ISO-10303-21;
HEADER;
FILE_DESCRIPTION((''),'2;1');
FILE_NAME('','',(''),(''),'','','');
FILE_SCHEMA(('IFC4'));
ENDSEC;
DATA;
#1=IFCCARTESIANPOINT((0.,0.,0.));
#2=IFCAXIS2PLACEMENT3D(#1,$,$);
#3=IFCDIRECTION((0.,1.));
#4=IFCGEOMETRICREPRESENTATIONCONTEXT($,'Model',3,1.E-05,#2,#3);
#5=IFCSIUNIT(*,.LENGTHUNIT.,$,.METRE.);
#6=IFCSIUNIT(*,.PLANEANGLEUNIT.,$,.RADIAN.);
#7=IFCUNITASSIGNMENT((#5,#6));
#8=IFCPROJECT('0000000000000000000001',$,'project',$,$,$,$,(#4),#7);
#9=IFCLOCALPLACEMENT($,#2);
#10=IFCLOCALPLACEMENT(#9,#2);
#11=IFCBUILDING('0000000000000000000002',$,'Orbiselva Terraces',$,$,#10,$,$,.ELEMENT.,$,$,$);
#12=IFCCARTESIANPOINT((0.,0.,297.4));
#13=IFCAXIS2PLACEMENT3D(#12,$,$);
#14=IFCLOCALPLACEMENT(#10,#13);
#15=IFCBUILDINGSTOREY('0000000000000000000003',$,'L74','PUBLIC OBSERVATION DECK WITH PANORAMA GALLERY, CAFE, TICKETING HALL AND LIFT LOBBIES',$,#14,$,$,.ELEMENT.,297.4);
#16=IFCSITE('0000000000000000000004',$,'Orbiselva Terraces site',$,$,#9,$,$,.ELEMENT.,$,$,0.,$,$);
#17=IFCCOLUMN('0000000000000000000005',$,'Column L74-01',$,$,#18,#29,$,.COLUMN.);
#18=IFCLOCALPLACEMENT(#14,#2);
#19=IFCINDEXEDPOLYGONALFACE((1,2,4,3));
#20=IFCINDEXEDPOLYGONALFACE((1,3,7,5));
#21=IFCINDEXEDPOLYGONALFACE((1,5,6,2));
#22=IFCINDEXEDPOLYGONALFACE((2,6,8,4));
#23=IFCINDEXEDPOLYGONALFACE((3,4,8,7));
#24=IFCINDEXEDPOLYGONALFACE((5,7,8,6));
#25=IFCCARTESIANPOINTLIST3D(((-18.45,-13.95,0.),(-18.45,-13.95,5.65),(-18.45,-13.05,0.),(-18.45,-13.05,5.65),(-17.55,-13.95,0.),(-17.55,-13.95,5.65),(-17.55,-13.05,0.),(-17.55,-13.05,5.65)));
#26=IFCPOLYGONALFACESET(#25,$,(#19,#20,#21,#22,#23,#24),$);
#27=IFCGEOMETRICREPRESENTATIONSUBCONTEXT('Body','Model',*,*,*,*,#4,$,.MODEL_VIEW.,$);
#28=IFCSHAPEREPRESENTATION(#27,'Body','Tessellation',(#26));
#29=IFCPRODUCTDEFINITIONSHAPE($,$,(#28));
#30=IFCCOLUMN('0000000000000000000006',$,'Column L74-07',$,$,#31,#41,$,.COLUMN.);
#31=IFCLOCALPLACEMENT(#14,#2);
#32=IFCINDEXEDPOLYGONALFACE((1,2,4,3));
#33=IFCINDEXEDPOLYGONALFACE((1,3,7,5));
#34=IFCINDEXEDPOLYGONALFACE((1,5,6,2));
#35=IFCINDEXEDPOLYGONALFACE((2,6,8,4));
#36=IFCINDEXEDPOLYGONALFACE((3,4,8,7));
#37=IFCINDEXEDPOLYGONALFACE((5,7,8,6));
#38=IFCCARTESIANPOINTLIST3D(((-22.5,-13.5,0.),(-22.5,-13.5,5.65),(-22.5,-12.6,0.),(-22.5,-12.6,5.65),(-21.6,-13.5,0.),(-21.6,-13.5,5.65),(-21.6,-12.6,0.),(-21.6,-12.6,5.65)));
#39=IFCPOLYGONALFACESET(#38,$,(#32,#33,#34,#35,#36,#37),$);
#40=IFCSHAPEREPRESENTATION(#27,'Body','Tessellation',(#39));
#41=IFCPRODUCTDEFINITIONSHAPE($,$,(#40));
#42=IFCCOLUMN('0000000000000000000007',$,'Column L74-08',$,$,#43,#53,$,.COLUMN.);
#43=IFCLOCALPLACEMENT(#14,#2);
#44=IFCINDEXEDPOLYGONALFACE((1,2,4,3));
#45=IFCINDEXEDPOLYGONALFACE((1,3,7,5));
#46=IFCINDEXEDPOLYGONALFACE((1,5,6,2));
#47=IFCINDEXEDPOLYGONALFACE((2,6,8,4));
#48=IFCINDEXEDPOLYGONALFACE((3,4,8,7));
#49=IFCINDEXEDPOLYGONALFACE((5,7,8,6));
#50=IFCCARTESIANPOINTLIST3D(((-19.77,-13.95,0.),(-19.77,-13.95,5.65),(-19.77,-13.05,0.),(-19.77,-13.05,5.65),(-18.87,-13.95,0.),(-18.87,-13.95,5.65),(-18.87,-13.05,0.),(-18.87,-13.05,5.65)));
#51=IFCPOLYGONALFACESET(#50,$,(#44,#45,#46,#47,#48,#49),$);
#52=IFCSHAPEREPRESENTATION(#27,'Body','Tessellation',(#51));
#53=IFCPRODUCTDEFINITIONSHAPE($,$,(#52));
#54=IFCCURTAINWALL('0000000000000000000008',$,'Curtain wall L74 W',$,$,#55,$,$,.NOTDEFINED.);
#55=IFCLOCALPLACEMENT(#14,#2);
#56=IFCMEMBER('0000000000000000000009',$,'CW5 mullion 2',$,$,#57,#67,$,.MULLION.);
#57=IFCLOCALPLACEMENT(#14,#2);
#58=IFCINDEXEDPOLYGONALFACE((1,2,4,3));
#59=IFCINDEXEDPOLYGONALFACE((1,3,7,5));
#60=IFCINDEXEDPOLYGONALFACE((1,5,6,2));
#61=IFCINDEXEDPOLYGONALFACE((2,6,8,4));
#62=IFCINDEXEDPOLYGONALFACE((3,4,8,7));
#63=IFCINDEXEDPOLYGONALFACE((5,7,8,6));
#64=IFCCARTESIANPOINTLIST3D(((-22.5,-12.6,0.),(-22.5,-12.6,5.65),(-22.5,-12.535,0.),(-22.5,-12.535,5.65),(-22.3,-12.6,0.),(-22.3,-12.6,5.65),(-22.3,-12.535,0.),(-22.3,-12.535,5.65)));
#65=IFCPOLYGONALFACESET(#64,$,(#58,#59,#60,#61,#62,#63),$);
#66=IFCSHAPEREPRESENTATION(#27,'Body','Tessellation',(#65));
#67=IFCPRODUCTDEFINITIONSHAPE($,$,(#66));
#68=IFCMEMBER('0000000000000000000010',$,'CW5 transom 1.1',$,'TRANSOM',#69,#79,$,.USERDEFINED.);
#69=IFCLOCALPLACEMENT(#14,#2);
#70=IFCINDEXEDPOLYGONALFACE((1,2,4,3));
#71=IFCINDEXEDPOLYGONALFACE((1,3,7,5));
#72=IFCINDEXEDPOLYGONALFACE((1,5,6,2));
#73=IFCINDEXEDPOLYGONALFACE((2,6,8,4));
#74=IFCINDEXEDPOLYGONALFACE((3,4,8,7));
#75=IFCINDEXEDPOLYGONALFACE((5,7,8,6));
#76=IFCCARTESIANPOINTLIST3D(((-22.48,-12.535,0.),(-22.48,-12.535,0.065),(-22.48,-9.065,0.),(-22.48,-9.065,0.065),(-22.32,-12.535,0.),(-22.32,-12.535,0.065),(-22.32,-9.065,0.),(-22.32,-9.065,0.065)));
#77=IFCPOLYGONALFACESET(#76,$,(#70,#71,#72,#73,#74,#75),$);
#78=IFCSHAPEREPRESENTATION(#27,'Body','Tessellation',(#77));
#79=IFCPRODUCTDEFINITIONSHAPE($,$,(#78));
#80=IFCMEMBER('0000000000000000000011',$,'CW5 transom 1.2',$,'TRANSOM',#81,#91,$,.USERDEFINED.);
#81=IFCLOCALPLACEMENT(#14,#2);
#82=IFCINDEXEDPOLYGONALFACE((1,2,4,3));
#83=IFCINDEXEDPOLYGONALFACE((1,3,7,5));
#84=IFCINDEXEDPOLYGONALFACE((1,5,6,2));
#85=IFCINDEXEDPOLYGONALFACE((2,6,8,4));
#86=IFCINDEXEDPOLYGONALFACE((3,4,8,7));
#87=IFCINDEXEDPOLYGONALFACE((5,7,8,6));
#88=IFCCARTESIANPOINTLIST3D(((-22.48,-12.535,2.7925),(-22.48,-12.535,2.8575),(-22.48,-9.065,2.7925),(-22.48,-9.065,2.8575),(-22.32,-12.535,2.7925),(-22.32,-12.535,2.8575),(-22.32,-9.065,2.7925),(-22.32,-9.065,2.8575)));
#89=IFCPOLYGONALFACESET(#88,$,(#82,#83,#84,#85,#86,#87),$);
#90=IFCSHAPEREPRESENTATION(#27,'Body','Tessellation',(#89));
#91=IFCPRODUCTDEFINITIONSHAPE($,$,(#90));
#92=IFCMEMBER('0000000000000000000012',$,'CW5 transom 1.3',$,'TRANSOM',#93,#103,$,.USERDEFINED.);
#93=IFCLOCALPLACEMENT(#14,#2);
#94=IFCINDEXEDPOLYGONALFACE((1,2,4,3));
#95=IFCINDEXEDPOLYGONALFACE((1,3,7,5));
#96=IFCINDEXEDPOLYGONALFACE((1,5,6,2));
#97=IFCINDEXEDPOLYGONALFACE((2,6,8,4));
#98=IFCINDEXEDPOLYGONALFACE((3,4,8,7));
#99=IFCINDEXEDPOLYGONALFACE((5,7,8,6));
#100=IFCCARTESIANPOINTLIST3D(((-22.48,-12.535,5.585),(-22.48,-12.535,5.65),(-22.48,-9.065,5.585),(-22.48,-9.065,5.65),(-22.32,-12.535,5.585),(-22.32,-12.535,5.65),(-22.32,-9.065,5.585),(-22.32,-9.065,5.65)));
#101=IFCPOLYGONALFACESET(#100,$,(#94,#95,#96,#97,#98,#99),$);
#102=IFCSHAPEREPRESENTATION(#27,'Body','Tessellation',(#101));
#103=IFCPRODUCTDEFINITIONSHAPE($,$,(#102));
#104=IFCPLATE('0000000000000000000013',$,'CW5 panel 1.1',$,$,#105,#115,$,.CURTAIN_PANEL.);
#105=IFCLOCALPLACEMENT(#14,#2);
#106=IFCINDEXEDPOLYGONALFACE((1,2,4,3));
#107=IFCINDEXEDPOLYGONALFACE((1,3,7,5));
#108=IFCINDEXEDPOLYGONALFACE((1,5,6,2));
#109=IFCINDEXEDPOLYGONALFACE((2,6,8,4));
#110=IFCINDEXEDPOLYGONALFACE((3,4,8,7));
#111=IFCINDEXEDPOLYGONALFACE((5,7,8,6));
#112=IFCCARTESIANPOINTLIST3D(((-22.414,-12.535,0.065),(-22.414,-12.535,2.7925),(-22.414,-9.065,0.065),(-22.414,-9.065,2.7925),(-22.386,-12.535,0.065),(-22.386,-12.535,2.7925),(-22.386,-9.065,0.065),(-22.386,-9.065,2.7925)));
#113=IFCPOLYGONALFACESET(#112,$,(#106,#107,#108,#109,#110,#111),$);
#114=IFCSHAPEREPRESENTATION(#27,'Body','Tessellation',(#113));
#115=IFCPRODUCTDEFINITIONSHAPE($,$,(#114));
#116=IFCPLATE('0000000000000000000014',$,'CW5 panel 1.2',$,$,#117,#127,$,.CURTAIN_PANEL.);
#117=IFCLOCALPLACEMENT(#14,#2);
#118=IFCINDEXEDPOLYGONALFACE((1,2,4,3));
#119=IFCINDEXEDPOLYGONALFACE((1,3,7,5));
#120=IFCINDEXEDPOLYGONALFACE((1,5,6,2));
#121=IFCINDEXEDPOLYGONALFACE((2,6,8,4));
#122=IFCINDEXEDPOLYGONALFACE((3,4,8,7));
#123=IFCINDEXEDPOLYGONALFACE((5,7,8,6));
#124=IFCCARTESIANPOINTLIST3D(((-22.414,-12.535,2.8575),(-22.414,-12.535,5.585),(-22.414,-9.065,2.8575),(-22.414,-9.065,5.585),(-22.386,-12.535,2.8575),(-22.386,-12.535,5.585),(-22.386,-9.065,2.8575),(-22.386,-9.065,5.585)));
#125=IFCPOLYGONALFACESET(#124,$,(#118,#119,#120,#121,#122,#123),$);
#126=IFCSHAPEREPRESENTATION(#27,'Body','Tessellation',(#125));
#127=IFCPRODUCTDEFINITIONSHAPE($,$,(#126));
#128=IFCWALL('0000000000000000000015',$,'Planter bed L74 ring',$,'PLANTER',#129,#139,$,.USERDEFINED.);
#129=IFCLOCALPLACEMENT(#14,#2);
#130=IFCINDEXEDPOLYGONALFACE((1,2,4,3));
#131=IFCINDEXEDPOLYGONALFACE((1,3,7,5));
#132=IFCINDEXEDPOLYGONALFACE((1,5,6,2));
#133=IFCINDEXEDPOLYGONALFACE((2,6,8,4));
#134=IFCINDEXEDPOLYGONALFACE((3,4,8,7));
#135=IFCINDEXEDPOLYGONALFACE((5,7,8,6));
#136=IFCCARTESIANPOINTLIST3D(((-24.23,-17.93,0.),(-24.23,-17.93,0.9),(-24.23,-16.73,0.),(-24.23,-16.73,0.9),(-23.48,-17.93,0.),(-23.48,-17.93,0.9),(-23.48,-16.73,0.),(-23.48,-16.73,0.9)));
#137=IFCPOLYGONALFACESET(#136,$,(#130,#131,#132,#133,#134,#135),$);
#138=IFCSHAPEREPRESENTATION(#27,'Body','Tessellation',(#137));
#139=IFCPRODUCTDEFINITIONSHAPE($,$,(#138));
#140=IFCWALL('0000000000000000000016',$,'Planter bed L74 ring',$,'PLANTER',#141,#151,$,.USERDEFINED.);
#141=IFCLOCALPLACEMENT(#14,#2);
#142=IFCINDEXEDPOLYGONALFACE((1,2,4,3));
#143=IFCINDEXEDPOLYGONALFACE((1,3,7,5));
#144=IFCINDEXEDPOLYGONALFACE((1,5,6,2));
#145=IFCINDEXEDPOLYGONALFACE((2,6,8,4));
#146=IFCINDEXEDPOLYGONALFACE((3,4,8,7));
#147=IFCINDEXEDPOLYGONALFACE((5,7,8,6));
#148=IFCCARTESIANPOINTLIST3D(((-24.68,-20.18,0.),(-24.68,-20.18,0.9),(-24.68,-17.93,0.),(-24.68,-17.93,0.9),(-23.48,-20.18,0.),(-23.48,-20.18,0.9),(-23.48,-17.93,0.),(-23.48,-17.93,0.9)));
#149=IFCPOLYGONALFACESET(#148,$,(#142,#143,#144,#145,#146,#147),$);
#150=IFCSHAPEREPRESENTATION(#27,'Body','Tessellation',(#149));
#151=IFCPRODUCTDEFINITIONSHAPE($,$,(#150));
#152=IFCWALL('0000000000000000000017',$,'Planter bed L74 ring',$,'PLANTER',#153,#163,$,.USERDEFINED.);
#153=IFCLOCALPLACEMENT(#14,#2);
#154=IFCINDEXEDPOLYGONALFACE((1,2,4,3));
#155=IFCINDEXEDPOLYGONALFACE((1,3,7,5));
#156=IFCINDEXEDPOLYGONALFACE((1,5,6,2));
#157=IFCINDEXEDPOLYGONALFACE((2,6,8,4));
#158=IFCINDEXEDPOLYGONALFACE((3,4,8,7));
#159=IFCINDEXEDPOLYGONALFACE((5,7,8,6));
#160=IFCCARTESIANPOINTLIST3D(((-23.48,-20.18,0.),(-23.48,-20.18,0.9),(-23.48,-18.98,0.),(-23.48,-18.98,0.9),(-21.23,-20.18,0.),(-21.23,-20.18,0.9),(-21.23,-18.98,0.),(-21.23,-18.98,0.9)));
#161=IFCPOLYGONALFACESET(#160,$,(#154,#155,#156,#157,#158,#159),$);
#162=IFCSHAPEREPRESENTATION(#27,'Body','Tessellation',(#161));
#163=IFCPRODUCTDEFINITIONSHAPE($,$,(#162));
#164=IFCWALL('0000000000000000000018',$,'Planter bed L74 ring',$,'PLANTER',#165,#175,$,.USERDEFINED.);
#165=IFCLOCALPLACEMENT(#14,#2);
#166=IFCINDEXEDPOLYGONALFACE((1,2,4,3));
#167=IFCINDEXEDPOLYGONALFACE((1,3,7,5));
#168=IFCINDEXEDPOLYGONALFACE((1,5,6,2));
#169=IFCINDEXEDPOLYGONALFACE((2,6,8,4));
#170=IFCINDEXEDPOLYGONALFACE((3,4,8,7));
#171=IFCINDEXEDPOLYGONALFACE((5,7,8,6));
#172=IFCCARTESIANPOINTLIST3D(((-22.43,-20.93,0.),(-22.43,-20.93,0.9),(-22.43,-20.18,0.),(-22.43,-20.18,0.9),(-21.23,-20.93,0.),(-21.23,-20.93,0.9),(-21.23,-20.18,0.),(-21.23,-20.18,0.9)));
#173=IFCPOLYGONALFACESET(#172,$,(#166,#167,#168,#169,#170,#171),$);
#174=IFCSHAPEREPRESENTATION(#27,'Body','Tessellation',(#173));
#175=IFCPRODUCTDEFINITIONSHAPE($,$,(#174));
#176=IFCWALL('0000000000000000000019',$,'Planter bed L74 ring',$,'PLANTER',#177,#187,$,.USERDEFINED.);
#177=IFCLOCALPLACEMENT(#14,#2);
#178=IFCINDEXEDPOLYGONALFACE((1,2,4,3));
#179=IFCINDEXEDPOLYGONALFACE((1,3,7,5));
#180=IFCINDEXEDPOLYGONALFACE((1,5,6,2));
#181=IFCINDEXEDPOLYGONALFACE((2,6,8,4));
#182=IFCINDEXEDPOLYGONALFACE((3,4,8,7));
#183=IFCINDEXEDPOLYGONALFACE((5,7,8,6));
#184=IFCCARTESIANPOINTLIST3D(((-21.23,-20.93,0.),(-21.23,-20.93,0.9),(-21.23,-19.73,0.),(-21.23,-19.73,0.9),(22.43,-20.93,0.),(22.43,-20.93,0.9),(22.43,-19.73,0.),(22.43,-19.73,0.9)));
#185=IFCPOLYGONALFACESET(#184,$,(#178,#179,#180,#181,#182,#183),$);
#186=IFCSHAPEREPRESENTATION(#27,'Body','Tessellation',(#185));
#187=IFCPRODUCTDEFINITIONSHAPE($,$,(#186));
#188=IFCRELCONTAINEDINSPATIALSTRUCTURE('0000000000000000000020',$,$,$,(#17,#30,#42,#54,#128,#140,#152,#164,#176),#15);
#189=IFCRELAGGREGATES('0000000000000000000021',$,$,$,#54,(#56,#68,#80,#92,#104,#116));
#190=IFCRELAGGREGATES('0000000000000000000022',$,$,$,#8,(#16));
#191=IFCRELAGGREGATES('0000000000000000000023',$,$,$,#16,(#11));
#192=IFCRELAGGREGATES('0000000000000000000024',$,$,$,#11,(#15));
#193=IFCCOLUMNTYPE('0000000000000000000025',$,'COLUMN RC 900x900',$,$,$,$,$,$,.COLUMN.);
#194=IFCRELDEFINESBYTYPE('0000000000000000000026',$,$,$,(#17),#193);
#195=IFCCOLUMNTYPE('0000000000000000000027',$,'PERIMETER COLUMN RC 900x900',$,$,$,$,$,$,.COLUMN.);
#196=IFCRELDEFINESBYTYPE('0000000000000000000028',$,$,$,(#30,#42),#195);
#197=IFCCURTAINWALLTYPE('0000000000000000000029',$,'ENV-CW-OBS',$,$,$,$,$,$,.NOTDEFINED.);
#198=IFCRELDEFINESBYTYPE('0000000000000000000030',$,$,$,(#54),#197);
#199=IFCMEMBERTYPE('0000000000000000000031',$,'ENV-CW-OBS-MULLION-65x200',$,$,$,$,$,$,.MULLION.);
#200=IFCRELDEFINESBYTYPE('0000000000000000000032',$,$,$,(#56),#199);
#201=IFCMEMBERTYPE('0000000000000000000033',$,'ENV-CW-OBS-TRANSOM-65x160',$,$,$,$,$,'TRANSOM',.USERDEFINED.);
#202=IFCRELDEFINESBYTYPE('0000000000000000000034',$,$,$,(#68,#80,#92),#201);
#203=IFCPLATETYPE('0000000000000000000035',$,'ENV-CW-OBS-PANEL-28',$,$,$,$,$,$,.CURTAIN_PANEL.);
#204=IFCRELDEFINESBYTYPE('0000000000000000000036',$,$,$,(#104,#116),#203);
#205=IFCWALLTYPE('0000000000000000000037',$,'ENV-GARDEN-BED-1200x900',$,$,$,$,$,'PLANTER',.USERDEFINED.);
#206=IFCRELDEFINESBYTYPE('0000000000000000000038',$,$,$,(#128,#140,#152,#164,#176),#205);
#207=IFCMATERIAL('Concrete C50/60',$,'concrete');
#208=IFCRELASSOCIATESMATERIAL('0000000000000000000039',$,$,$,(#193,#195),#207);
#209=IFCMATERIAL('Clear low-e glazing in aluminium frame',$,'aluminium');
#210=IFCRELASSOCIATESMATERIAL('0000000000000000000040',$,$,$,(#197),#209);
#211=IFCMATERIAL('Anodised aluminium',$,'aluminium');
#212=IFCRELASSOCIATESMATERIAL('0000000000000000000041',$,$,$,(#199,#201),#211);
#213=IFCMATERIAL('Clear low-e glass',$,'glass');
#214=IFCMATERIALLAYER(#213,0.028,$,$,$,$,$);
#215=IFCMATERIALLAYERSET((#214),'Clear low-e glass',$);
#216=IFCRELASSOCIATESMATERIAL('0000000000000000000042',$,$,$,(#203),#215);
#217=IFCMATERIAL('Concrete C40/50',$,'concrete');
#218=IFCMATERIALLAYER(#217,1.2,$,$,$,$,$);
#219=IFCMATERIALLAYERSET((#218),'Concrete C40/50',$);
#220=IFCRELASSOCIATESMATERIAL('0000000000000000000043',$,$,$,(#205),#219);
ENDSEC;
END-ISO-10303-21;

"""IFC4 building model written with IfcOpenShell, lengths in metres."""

from ifc_helpers import new_model, si_unit, direction, frame, frame_2d, origin, origin_2d, place, context, subcontext, project, spatial, rectangle, extrude, material, layer, layer_set, material_profile, profile_set, type_object, element, aggregate, save


model = new_model("IFC4")

# Units and contexts
model_context = context("Model", 3, precision=1e-05, world=origin(), true_north=direction((0.0, 1.0)))
body_context = subcontext(model_context, "Body", "Model", "MODEL_VIEW")
ifc_project = project(units=[si_unit("LENGTHUNIT", "METRE"), si_unit("PLANEANGLEUNIT", "RADIAN")], contexts=[model_context])

# Site, building, storey
site_placement = place(None, origin())
site = spatial("IfcSite", under=ifc_project, at=site_placement, Name="Orbiselva Terraces site", CompositionType="ELEMENT", RefElevation=0.0)
building_placement = place(site_placement, origin())
building = spatial("IfcBuilding", under=site, at=building_placement, Name="Orbiselva Terraces", CompositionType="ELEMENT")
storey_placement = place(building_placement, frame((0.0, 0.0, 297.4)))
storey = spatial("IfcBuildingStorey", under=building, at=storey_placement, Name="L74", Description="PUBLIC OBSERVATION DECK WITH PANORAMA GALLERY, CAFE, TICKETING HALL AND LIFT LOBBIES", CompositionType="ELEMENT", Elevation=297.4)

# Columns
ifc_material_1 = material(Name="Concrete C50/60", Category="concrete")
ifc_material_profile_1 = material_profile(ifc_material_1, rectangle(XDim=0.9, YDim=0.9, at=origin_2d()), Name="RC 900x900")
ifc_profile_set_1 = profile_set([ifc_material_profile_1], Name="Concrete C50/60")
column_type_1 = type_object("IfcColumnType", Name="COLUMN RC 900x900", PredefinedType="COLUMN", material=ifc_profile_set_1)
column_placement = place(storey_placement, frame((-18.0, -13.5, 0.0), z_axis=(0.0, 0.0, 1.0), x_axis=(1.0, 0.0, 0.0)))
element("IfcColumn", 1, at=column_placement, inside=storey, type_object=column_type_1, Name="Column L74-01", PredefinedType="COLUMN", context=body_context, shape_type="SweptSolid", body=[
    extrude(rectangle(XDim=0.9, YDim=0.9, at=origin_2d()), origin(), (0.0, 0.0, 1.0), 5.65),
])
ifc_material_profile_2 = material_profile(ifc_material_1, rectangle(XDim=0.9, YDim=0.9, at=origin_2d()), Name="RC 900x900")
ifc_profile_set_2 = profile_set([ifc_material_profile_2], Name="Concrete C50/60")
column_type_2 = type_object("IfcColumnType", Name="PERIMETER COLUMN RC 900x900", PredefinedType="COLUMN", material=ifc_profile_set_2)
for number, where, z_axis, x_axis, name in (
    (2, (-22.05, -13.05, 0.0), (0.0, 0.0, 1.0), (1.0, 0.0, 0.0), "Column L74-07"),
    (3, (-19.32, -13.5, 0.0), (0.0, 0.0, 1.0), (1.0, 0.0, 0.0), "Column L74-08"),
):
    element("IfcColumn", number, at=place(storey_placement, frame(where, z_axis=z_axis, x_axis=x_axis)), inside=storey, type_object=column_type_2, Name=name, PredefinedType="COLUMN", context=body_context, shape_type="SweptSolid", body=[
        extrude(rectangle(XDim=0.9, YDim=0.9, at=origin_2d()), origin(), (0.0, 0.0, 1.0), 5.65),
    ])

# Curtain wall, members, plates
ifc_material_2 = material(Name="Clear low-e glazing in aluminium frame", Category="aluminium")
curtain_wall_type = type_object("IfcCurtainWallType", Name="ENV-CW-OBS", PredefinedType="NOTDEFINED", material=ifc_material_2)
curtain_wall_placement = place(storey_placement, origin())
curtain_wall = element("IfcCurtainWall", 4, at=curtain_wall_placement, inside=storey, type_object=curtain_wall_type, Name="Curtain wall L74 W", PredefinedType="NOTDEFINED")
ifc_material_3 = material(Name="Anodised aluminium", Category="aluminium")
ifc_material_profile_3 = material_profile(ifc_material_3, rectangle(XDim=0.2, YDim=0.065, at=origin_2d()), Name="AL 65x200")
ifc_profile_set_3 = profile_set([ifc_material_profile_3], Name="Anodised aluminium")
member_type_1 = type_object("IfcMemberType", Name="ENV-CW-OBS-MULLION-65x200", PredefinedType="MULLION", material=ifc_profile_set_3)
member_1_placement = place(storey_placement, frame((-22.4, -12.5675, 0.0), z_axis=(0.0, 0.0, 1.0), x_axis=(1.0, 0.0, 0.0)))
member_1 = element("IfcMember", 5, at=member_1_placement, type_object=member_type_1, Name="CW5 mullion 2", PredefinedType="MULLION", context=body_context, shape_type="SweptSolid", body=[
    extrude(rectangle(XDim=0.2, YDim=0.065, at=origin_2d()), origin(), (0.0, 0.0, 1.0), 5.65),
])
ifc_material_profile_4 = material_profile(ifc_material_3, rectangle(XDim=0.16, YDim=0.065, at=origin_2d()), Name="AL 65x160")
ifc_profile_set_4 = profile_set([ifc_material_profile_4], Name="Anodised aluminium")
member_type_2 = type_object("IfcMemberType", Name="ENV-CW-OBS-TRANSOM-65x160", ElementType="TRANSOM", PredefinedType="USERDEFINED", material=ifc_profile_set_4)
member_2_placement = place(storey_placement, frame((-22.4, -9.065, 0.0325), z_axis=(0.0, -1.0, 0.0), x_axis=(1.0, 0.0, 0.0)))
member_2 = element("IfcMember", 6, at=member_2_placement, type_object=member_type_2, Name="CW5 transom 1.1", ObjectType="TRANSOM", PredefinedType="USERDEFINED", context=body_context, shape_type="SweptSolid", body=[
    extrude(rectangle(XDim=0.16, YDim=0.065, at=origin_2d()), origin(), (0.0, 0.0, 1.0), 3.47),
])
member_3_placement = place(storey_placement, frame((-22.4, -9.065, 2.825), z_axis=(0.0, -1.0, 0.0), x_axis=(1.0, 0.0, 0.0)))
member_3 = element("IfcMember", 7, at=member_3_placement, type_object=member_type_2, Name="CW5 transom 1.2", ObjectType="TRANSOM", PredefinedType="USERDEFINED", context=body_context, shape_type="SweptSolid", body=[
    extrude(rectangle(XDim=0.16, YDim=0.065, at=origin_2d()), origin(), (0.0, 0.0, 1.0), 3.47),
])
member_4_placement = place(storey_placement, frame((-22.4, -9.065, 5.6175), z_axis=(0.0, -1.0, 0.0), x_axis=(1.0, 0.0, 0.0)))
member_4 = element("IfcMember", 8, at=member_4_placement, type_object=member_type_2, Name="CW5 transom 1.3", ObjectType="TRANSOM", PredefinedType="USERDEFINED", context=body_context, shape_type="SweptSolid", body=[
    extrude(rectangle(XDim=0.16, YDim=0.065, at=origin_2d()), origin(), (0.0, 0.0, 1.0), 3.47),
])
ifc_material_4 = material(Name="Clear low-e glass", Category="glass")
ifc_layer_1 = layer(ifc_material_4, 0.028)
ifc_layer_set_1 = layer_set([ifc_layer_1], Name="Clear low-e glass")
plate_type = type_object("IfcPlateType", Name="ENV-CW-OBS-PANEL-28", PredefinedType="CURTAIN_PANEL", material=ifc_layer_set_1)
plate_1_placement = place(storey_placement, frame((-22.4, -10.8, 0.065), z_axis=(0.0, 0.0, 1.0), x_axis=(0.0, -1.0, 0.0)))
plate_1 = element("IfcPlate", 9, at=plate_1_placement, type_object=plate_type, Name="CW5 panel 1.1", PredefinedType="CURTAIN_PANEL", context=body_context, shape_type="SweptSolid", body=[
    extrude(rectangle(XDim=3.47, YDim=0.028, at=origin_2d()), origin(), (0.0, 0.0, 1.0), 2.7275),
])
plate_2_placement = place(storey_placement, frame((-22.4, -10.8, 2.8575), z_axis=(0.0, 0.0, 1.0), x_axis=(0.0, -1.0, 0.0)))
plate_2 = element("IfcPlate", 10, at=plate_2_placement, type_object=plate_type, Name="CW5 panel 1.2", PredefinedType="CURTAIN_PANEL", context=body_context, shape_type="SweptSolid", body=[
    extrude(rectangle(XDim=3.47, YDim=0.028, at=origin_2d()), origin(), (0.0, 0.0, 1.0), 2.7275),
])
aggregate(curtain_wall, [member_1, member_2, member_3, member_4, plate_1, plate_2])

# Walls
ifc_material_5 = material(Name="Concrete C40/50", Category="concrete")
ifc_layer_2 = layer(ifc_material_5, 1.2)
ifc_layer_set_2 = layer_set([ifc_layer_2], Name="Concrete C40/50")
wall_type_1 = type_object("IfcWallType", Name="ENV-GARDEN-BED-1200x900", ElementType="PLANTER", PredefinedType="USERDEFINED", material=ifc_layer_set_2)
wall_1_placement = place(storey_placement, frame((-24.23, -17.33, 0.0), z_axis=(0.0, 0.0, 1.0), x_axis=(1.0, 0.0, 0.0)))
element("IfcWall", 11, at=wall_1_placement, inside=storey, type_object=wall_type_1, Name="Planter bed L74 ring", ObjectType="PLANTER", PredefinedType="USERDEFINED", context=body_context, shape_type="SweptSolid", body=[
    extrude(rectangle(XDim=0.75, YDim=1.2, at=frame_2d((0.375, 0.0))), origin(), (0.0, 0.0, 1.0), 0.9),
])
for number, where, z_axis, x_axis, name in (
    (12, (-24.08, -17.93, 0.0), (0.0, 0.0, 1.0), (0.0, -1.0, 0.0), "Planter bed L74 ring"),
    (13, (-23.48, -19.58, 0.0), (0.0, 0.0, 1.0), (1.0, 0.0, 0.0), "Planter bed L74 ring"),
):
    element("IfcWall", number, at=place(storey_placement, frame(where, z_axis=z_axis, x_axis=x_axis)), inside=storey, type_object=wall_type_1, Name=name, ObjectType="PLANTER", PredefinedType="USERDEFINED", context=body_context, shape_type="SweptSolid", body=[
        extrude(rectangle(XDim=2.25, YDim=1.2, at=frame_2d((1.125, 0.0))), origin(), (0.0, 0.0, 1.0), 0.9),
    ])
wall_2_placement = place(storey_placement, frame((-21.83, -20.18, 0.0), z_axis=(0.0, 0.0, 1.0), x_axis=(0.0, -1.0, 0.0)))
element("IfcWall", 14, at=wall_2_placement, inside=storey, type_object=wall_type_1, Name="Planter bed L74 ring", ObjectType="PLANTER", PredefinedType="USERDEFINED", context=body_context, shape_type="SweptSolid", body=[
    extrude(rectangle(XDim=0.75, YDim=1.2, at=frame_2d((0.375, 0.0))), origin(), (0.0, 0.0, 1.0), 0.9),
])
wall_3_placement = place(storey_placement, frame((-21.23, -20.33, 0.0), z_axis=(0.0, 0.0, 1.0), x_axis=(1.0, 0.0, 0.0)))
element("IfcWall", 15, at=wall_3_placement, inside=storey, type_object=wall_type_1, Name="Planter bed L74 ring", ObjectType="PLANTER", PredefinedType="USERDEFINED", context=body_context, shape_type="SweptSolid", body=[
    extrude(rectangle(XDim=43.66, YDim=1.2, at=frame_2d((21.83, 0.0))), origin(), (0.0, 0.0, 1.0), 0.9),
])

save(model, "model.ifc")
